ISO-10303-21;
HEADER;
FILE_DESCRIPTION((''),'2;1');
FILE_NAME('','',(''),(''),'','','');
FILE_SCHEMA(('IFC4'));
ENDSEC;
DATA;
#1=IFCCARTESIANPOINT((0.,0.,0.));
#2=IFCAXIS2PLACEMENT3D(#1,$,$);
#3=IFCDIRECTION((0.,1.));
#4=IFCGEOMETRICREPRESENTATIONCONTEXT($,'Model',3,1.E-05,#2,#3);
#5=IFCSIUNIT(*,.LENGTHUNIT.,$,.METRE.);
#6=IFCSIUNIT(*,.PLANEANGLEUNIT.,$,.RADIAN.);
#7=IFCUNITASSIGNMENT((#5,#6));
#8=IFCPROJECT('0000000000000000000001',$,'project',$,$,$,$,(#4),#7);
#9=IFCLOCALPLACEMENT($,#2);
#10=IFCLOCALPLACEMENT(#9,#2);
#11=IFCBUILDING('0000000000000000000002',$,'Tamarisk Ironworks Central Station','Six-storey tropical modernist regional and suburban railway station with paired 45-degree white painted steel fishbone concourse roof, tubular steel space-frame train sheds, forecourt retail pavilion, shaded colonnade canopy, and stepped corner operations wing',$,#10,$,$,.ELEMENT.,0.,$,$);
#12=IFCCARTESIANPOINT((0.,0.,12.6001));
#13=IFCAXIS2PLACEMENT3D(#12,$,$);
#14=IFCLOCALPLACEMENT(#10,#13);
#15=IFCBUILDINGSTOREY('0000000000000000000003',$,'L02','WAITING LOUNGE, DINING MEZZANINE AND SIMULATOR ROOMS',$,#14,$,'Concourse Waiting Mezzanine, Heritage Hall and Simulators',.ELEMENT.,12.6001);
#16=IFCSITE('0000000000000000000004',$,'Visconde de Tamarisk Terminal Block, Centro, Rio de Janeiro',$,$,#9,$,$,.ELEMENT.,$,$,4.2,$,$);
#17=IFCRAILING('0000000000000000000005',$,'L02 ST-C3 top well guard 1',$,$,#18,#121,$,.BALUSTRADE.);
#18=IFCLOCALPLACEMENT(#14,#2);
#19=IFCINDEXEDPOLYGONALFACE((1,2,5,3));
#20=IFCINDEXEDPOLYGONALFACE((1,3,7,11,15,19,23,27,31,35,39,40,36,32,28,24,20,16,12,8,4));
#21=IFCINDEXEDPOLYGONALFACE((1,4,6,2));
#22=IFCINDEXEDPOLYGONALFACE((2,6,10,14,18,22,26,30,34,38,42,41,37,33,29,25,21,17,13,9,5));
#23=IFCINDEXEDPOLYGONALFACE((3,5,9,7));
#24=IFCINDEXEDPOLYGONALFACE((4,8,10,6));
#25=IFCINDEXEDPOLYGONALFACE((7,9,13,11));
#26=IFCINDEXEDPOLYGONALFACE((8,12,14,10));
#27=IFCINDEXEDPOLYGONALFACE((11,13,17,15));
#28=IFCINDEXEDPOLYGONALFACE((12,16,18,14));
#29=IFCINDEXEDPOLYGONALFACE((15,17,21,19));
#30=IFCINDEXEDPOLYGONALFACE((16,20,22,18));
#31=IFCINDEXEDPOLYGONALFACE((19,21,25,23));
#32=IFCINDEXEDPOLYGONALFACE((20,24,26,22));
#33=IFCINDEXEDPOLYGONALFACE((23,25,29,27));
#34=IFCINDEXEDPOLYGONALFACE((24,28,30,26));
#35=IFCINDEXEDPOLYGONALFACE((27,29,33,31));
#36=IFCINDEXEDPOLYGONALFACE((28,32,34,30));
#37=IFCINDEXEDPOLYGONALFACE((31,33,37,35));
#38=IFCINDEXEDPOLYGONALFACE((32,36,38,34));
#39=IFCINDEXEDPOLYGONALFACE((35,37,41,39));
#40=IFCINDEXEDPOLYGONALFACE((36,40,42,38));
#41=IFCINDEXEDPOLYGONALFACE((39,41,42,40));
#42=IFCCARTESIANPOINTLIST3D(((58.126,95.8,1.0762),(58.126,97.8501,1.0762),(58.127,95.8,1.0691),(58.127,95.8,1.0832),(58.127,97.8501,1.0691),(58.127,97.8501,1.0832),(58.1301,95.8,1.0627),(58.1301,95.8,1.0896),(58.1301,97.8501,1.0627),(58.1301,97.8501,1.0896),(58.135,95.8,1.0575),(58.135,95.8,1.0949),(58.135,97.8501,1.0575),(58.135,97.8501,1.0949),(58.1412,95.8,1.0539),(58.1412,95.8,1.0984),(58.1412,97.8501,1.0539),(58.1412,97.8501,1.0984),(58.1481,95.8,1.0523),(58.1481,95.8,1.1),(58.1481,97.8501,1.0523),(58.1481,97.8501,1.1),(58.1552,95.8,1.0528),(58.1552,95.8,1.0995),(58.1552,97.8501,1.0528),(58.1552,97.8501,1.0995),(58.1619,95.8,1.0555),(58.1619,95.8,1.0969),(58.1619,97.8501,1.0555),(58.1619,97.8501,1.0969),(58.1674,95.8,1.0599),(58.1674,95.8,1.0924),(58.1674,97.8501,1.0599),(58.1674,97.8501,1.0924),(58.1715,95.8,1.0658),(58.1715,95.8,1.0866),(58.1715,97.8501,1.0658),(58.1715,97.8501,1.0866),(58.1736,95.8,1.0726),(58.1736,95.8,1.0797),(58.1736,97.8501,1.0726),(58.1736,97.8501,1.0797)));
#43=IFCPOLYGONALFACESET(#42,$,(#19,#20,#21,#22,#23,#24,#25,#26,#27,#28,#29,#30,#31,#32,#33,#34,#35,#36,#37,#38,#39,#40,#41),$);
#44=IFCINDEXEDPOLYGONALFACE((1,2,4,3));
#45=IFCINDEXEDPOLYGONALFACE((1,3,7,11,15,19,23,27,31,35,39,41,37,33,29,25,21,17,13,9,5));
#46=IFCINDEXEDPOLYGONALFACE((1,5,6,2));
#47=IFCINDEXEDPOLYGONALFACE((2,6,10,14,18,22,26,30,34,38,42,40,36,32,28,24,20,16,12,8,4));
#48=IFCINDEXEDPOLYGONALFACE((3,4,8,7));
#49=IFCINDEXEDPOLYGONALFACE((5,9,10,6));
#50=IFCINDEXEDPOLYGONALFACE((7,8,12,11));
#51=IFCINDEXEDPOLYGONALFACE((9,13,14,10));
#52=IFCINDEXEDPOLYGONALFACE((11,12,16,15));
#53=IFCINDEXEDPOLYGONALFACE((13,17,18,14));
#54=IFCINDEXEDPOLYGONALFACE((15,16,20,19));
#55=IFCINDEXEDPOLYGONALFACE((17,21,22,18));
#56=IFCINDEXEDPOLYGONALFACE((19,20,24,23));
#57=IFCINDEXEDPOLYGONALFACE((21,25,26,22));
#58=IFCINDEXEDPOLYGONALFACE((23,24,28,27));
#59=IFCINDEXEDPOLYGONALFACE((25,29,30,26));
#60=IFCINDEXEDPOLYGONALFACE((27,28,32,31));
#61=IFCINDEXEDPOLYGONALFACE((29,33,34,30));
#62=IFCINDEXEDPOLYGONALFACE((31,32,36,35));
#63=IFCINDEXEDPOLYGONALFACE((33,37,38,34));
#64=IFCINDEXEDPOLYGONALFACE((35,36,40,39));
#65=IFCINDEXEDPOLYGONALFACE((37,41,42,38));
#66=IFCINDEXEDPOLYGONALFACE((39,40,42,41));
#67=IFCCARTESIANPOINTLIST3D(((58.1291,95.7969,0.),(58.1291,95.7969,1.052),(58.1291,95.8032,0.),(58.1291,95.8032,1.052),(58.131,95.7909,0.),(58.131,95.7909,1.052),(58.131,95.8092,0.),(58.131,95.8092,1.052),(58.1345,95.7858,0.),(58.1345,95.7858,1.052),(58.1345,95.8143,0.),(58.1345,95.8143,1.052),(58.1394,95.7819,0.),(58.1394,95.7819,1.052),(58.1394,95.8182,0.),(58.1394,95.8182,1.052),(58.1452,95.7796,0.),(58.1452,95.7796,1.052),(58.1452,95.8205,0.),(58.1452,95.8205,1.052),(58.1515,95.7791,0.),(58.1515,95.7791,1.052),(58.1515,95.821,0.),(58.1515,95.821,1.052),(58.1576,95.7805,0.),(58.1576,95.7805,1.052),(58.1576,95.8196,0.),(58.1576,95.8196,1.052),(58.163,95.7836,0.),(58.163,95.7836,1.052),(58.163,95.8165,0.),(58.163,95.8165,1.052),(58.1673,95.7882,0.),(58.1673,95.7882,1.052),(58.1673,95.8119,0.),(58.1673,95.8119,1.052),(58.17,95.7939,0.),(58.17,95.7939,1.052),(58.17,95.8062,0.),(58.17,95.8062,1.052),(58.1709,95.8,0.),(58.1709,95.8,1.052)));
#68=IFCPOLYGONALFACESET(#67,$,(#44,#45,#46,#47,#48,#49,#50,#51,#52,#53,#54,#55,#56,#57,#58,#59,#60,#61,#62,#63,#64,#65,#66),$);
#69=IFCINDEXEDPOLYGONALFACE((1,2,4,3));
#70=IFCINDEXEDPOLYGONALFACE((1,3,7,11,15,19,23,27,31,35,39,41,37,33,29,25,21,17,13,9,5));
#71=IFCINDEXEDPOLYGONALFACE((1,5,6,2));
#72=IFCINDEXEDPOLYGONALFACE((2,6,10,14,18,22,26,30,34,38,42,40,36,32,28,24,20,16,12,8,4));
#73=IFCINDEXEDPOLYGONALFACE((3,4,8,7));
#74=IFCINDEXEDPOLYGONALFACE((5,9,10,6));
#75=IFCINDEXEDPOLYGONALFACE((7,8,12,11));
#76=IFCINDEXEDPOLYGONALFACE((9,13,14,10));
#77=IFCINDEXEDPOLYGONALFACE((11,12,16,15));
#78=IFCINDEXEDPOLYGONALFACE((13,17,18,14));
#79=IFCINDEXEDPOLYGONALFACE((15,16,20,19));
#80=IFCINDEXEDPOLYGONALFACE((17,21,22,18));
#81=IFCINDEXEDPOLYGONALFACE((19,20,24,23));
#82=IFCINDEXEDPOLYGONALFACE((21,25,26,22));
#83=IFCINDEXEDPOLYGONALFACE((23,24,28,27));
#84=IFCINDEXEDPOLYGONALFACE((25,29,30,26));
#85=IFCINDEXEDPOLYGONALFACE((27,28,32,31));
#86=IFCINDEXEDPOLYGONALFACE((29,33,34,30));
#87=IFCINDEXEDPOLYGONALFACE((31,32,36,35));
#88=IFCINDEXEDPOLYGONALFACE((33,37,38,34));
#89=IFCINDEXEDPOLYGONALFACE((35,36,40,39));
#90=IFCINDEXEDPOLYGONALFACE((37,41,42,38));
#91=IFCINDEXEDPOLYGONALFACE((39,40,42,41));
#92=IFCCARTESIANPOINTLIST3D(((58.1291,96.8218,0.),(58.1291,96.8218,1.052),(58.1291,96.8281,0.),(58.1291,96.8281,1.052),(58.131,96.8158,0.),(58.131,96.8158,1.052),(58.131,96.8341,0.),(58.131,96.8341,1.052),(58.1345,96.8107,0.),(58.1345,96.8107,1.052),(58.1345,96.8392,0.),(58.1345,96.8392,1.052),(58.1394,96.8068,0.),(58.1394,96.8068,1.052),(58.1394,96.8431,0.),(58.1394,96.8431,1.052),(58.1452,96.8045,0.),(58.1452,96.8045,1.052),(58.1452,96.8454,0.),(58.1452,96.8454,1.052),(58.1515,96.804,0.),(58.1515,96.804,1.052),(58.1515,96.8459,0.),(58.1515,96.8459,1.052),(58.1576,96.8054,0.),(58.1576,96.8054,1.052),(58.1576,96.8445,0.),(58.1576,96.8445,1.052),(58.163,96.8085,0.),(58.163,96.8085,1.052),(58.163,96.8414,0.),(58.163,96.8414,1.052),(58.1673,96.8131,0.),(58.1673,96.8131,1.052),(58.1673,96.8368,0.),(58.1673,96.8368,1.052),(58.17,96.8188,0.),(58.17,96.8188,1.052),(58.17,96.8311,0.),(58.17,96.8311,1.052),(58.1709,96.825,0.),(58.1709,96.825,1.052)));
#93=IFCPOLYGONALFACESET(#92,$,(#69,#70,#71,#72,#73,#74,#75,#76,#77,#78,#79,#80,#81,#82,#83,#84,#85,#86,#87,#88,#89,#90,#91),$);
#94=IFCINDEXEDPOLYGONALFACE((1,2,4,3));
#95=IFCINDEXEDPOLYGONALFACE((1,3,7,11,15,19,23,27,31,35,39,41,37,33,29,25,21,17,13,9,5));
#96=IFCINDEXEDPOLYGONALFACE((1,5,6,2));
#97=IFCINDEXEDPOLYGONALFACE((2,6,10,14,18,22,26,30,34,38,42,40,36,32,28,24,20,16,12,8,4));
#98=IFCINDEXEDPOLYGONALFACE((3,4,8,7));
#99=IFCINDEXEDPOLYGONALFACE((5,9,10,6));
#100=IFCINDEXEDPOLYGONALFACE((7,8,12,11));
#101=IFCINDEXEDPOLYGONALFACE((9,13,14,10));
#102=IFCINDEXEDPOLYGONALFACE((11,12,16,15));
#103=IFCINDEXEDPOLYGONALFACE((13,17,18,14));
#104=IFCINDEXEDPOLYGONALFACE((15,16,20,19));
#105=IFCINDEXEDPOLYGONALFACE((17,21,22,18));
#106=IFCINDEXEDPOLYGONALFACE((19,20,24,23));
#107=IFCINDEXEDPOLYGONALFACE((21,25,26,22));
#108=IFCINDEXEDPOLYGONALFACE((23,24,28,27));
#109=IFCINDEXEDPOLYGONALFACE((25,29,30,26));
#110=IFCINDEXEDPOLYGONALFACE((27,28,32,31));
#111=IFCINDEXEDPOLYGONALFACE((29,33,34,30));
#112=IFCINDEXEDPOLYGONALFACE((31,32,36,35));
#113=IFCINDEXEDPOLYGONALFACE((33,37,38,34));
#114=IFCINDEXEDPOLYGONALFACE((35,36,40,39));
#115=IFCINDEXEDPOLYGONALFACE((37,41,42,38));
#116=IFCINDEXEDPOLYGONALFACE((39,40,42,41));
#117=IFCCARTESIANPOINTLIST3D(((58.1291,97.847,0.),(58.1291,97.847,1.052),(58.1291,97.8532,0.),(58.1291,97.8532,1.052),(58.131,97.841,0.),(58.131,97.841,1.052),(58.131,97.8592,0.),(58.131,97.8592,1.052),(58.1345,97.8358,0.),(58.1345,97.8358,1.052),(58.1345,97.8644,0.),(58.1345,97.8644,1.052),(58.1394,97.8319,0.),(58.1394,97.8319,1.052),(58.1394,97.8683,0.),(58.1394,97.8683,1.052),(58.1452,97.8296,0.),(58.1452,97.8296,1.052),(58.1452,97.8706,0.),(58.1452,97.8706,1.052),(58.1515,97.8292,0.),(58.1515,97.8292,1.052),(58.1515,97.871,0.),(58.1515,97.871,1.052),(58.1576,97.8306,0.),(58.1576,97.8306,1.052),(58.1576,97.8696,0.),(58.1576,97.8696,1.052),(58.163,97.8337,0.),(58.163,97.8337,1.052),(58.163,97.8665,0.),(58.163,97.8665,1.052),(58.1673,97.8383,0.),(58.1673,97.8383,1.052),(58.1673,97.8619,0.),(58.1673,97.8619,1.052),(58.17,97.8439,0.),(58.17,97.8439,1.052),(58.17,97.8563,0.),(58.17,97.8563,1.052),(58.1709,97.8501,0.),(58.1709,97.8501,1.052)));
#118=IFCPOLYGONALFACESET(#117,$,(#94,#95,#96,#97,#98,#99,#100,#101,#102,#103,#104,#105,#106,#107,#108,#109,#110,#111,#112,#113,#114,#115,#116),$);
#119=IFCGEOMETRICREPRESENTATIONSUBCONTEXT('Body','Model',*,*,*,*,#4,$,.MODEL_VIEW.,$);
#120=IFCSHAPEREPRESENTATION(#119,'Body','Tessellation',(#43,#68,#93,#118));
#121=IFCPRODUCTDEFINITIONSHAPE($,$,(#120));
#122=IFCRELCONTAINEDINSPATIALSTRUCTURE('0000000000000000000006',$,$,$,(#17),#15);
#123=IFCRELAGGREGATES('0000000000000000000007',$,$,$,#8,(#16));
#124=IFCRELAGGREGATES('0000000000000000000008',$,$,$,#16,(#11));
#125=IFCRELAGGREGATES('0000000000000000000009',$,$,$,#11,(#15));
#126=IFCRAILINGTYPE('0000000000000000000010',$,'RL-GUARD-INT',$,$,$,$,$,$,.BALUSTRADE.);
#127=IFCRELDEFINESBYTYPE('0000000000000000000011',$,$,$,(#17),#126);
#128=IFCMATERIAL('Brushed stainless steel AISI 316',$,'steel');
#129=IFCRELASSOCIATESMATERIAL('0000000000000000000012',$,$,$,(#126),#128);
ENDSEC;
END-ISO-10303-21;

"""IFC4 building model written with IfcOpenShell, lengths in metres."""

from ifc_helpers import new_model, si_unit, direction, frame, origin, origin_2d, place, context, subcontext, project, spatial, circle, extrude, material, type_object, element, save


model = new_model("IFC4")

# Units and contexts
model_context = context("Model", 3, precision=1e-05, world=origin(), true_north=direction((0.0, 1.0)))
body_context = subcontext(model_context, "Body", "Model", "MODEL_VIEW")
ifc_project = project(units=[si_unit("LENGTHUNIT", "METRE"), si_unit("PLANEANGLEUNIT", "RADIAN")], contexts=[model_context])

# Site, building, storey
site_placement = place(None, origin())
site = spatial("IfcSite", under=ifc_project, at=site_placement, Name="Visconde de Tamarisk Terminal Block, Centro, Rio de Janeiro", CompositionType="ELEMENT", RefElevation=4.2)
building_placement = place(site_placement, origin())
building = spatial("IfcBuilding", under=site, at=building_placement, Name="Tamarisk Ironworks Central Station", Description="Six-storey tropical modernist regional and suburban railway station with paired 45-degree white painted steel fishbone concourse roof, tubular steel space-frame train sheds, forecourt retail pavilion, shaded colonnade canopy, and stepped corner operations wing", CompositionType="ELEMENT", ElevationOfRefHeight=0.0)
storey_placement = place(building_placement, frame((0.0, 0.0, 12.6001)))
storey = spatial("IfcBuildingStorey", under=building, at=storey_placement, Name="L02", Description="WAITING LOUNGE, DINING MEZZANINE AND SIMULATOR ROOMS", LongName="Concourse Waiting Mezzanine, Heritage Hall and Simulators", CompositionType="ELEMENT", Elevation=12.6001)

# Shared definitions
ifc_material_1 = material(Name="Brushed stainless steel AISI 316", Category="steel")

# Railing
railing_type_1 = type_object("IfcRailingType", Name="RL-GUARD-INT", PredefinedType="BALUSTRADE", material=ifc_material_1)
railing_1_placement = place(storey_placement, frame((58.1499, 95.8, 0.0)))
element("IfcRailing", 1, at=railing_1_placement, inside=storey, type_object=railing_type_1, Name="L02 ST-C3 top well guard 1", PredefinedType="BALUSTRADE", context=body_context, shape_type="SweptSolid", body=[
    extrude(circle(Radius=0.0239, at=origin_2d()), frame((0.0, 0.0, 1.0762), z_axis=(0.0, 1.0, 0.0), x_axis=(-1.0, 0.0, 0.0)), (0.0, 0.0, 1.0), 2.05),
    extrude(circle(Radius=0.021, at=origin_2d()), origin(), (0.0, 0.0, 1.0), 1.052),
    extrude(circle(Radius=0.021, at=origin_2d()), frame((0.0, 1.0249, 0.0)), (0.0, 0.0, 1.0), 1.052),
    extrude(circle(Radius=0.021, at=origin_2d()), frame((0.0, 2.05, 0.0)), (0.0, 0.0, 1.0), 1.052),
])

save(model, "model.ifc")
